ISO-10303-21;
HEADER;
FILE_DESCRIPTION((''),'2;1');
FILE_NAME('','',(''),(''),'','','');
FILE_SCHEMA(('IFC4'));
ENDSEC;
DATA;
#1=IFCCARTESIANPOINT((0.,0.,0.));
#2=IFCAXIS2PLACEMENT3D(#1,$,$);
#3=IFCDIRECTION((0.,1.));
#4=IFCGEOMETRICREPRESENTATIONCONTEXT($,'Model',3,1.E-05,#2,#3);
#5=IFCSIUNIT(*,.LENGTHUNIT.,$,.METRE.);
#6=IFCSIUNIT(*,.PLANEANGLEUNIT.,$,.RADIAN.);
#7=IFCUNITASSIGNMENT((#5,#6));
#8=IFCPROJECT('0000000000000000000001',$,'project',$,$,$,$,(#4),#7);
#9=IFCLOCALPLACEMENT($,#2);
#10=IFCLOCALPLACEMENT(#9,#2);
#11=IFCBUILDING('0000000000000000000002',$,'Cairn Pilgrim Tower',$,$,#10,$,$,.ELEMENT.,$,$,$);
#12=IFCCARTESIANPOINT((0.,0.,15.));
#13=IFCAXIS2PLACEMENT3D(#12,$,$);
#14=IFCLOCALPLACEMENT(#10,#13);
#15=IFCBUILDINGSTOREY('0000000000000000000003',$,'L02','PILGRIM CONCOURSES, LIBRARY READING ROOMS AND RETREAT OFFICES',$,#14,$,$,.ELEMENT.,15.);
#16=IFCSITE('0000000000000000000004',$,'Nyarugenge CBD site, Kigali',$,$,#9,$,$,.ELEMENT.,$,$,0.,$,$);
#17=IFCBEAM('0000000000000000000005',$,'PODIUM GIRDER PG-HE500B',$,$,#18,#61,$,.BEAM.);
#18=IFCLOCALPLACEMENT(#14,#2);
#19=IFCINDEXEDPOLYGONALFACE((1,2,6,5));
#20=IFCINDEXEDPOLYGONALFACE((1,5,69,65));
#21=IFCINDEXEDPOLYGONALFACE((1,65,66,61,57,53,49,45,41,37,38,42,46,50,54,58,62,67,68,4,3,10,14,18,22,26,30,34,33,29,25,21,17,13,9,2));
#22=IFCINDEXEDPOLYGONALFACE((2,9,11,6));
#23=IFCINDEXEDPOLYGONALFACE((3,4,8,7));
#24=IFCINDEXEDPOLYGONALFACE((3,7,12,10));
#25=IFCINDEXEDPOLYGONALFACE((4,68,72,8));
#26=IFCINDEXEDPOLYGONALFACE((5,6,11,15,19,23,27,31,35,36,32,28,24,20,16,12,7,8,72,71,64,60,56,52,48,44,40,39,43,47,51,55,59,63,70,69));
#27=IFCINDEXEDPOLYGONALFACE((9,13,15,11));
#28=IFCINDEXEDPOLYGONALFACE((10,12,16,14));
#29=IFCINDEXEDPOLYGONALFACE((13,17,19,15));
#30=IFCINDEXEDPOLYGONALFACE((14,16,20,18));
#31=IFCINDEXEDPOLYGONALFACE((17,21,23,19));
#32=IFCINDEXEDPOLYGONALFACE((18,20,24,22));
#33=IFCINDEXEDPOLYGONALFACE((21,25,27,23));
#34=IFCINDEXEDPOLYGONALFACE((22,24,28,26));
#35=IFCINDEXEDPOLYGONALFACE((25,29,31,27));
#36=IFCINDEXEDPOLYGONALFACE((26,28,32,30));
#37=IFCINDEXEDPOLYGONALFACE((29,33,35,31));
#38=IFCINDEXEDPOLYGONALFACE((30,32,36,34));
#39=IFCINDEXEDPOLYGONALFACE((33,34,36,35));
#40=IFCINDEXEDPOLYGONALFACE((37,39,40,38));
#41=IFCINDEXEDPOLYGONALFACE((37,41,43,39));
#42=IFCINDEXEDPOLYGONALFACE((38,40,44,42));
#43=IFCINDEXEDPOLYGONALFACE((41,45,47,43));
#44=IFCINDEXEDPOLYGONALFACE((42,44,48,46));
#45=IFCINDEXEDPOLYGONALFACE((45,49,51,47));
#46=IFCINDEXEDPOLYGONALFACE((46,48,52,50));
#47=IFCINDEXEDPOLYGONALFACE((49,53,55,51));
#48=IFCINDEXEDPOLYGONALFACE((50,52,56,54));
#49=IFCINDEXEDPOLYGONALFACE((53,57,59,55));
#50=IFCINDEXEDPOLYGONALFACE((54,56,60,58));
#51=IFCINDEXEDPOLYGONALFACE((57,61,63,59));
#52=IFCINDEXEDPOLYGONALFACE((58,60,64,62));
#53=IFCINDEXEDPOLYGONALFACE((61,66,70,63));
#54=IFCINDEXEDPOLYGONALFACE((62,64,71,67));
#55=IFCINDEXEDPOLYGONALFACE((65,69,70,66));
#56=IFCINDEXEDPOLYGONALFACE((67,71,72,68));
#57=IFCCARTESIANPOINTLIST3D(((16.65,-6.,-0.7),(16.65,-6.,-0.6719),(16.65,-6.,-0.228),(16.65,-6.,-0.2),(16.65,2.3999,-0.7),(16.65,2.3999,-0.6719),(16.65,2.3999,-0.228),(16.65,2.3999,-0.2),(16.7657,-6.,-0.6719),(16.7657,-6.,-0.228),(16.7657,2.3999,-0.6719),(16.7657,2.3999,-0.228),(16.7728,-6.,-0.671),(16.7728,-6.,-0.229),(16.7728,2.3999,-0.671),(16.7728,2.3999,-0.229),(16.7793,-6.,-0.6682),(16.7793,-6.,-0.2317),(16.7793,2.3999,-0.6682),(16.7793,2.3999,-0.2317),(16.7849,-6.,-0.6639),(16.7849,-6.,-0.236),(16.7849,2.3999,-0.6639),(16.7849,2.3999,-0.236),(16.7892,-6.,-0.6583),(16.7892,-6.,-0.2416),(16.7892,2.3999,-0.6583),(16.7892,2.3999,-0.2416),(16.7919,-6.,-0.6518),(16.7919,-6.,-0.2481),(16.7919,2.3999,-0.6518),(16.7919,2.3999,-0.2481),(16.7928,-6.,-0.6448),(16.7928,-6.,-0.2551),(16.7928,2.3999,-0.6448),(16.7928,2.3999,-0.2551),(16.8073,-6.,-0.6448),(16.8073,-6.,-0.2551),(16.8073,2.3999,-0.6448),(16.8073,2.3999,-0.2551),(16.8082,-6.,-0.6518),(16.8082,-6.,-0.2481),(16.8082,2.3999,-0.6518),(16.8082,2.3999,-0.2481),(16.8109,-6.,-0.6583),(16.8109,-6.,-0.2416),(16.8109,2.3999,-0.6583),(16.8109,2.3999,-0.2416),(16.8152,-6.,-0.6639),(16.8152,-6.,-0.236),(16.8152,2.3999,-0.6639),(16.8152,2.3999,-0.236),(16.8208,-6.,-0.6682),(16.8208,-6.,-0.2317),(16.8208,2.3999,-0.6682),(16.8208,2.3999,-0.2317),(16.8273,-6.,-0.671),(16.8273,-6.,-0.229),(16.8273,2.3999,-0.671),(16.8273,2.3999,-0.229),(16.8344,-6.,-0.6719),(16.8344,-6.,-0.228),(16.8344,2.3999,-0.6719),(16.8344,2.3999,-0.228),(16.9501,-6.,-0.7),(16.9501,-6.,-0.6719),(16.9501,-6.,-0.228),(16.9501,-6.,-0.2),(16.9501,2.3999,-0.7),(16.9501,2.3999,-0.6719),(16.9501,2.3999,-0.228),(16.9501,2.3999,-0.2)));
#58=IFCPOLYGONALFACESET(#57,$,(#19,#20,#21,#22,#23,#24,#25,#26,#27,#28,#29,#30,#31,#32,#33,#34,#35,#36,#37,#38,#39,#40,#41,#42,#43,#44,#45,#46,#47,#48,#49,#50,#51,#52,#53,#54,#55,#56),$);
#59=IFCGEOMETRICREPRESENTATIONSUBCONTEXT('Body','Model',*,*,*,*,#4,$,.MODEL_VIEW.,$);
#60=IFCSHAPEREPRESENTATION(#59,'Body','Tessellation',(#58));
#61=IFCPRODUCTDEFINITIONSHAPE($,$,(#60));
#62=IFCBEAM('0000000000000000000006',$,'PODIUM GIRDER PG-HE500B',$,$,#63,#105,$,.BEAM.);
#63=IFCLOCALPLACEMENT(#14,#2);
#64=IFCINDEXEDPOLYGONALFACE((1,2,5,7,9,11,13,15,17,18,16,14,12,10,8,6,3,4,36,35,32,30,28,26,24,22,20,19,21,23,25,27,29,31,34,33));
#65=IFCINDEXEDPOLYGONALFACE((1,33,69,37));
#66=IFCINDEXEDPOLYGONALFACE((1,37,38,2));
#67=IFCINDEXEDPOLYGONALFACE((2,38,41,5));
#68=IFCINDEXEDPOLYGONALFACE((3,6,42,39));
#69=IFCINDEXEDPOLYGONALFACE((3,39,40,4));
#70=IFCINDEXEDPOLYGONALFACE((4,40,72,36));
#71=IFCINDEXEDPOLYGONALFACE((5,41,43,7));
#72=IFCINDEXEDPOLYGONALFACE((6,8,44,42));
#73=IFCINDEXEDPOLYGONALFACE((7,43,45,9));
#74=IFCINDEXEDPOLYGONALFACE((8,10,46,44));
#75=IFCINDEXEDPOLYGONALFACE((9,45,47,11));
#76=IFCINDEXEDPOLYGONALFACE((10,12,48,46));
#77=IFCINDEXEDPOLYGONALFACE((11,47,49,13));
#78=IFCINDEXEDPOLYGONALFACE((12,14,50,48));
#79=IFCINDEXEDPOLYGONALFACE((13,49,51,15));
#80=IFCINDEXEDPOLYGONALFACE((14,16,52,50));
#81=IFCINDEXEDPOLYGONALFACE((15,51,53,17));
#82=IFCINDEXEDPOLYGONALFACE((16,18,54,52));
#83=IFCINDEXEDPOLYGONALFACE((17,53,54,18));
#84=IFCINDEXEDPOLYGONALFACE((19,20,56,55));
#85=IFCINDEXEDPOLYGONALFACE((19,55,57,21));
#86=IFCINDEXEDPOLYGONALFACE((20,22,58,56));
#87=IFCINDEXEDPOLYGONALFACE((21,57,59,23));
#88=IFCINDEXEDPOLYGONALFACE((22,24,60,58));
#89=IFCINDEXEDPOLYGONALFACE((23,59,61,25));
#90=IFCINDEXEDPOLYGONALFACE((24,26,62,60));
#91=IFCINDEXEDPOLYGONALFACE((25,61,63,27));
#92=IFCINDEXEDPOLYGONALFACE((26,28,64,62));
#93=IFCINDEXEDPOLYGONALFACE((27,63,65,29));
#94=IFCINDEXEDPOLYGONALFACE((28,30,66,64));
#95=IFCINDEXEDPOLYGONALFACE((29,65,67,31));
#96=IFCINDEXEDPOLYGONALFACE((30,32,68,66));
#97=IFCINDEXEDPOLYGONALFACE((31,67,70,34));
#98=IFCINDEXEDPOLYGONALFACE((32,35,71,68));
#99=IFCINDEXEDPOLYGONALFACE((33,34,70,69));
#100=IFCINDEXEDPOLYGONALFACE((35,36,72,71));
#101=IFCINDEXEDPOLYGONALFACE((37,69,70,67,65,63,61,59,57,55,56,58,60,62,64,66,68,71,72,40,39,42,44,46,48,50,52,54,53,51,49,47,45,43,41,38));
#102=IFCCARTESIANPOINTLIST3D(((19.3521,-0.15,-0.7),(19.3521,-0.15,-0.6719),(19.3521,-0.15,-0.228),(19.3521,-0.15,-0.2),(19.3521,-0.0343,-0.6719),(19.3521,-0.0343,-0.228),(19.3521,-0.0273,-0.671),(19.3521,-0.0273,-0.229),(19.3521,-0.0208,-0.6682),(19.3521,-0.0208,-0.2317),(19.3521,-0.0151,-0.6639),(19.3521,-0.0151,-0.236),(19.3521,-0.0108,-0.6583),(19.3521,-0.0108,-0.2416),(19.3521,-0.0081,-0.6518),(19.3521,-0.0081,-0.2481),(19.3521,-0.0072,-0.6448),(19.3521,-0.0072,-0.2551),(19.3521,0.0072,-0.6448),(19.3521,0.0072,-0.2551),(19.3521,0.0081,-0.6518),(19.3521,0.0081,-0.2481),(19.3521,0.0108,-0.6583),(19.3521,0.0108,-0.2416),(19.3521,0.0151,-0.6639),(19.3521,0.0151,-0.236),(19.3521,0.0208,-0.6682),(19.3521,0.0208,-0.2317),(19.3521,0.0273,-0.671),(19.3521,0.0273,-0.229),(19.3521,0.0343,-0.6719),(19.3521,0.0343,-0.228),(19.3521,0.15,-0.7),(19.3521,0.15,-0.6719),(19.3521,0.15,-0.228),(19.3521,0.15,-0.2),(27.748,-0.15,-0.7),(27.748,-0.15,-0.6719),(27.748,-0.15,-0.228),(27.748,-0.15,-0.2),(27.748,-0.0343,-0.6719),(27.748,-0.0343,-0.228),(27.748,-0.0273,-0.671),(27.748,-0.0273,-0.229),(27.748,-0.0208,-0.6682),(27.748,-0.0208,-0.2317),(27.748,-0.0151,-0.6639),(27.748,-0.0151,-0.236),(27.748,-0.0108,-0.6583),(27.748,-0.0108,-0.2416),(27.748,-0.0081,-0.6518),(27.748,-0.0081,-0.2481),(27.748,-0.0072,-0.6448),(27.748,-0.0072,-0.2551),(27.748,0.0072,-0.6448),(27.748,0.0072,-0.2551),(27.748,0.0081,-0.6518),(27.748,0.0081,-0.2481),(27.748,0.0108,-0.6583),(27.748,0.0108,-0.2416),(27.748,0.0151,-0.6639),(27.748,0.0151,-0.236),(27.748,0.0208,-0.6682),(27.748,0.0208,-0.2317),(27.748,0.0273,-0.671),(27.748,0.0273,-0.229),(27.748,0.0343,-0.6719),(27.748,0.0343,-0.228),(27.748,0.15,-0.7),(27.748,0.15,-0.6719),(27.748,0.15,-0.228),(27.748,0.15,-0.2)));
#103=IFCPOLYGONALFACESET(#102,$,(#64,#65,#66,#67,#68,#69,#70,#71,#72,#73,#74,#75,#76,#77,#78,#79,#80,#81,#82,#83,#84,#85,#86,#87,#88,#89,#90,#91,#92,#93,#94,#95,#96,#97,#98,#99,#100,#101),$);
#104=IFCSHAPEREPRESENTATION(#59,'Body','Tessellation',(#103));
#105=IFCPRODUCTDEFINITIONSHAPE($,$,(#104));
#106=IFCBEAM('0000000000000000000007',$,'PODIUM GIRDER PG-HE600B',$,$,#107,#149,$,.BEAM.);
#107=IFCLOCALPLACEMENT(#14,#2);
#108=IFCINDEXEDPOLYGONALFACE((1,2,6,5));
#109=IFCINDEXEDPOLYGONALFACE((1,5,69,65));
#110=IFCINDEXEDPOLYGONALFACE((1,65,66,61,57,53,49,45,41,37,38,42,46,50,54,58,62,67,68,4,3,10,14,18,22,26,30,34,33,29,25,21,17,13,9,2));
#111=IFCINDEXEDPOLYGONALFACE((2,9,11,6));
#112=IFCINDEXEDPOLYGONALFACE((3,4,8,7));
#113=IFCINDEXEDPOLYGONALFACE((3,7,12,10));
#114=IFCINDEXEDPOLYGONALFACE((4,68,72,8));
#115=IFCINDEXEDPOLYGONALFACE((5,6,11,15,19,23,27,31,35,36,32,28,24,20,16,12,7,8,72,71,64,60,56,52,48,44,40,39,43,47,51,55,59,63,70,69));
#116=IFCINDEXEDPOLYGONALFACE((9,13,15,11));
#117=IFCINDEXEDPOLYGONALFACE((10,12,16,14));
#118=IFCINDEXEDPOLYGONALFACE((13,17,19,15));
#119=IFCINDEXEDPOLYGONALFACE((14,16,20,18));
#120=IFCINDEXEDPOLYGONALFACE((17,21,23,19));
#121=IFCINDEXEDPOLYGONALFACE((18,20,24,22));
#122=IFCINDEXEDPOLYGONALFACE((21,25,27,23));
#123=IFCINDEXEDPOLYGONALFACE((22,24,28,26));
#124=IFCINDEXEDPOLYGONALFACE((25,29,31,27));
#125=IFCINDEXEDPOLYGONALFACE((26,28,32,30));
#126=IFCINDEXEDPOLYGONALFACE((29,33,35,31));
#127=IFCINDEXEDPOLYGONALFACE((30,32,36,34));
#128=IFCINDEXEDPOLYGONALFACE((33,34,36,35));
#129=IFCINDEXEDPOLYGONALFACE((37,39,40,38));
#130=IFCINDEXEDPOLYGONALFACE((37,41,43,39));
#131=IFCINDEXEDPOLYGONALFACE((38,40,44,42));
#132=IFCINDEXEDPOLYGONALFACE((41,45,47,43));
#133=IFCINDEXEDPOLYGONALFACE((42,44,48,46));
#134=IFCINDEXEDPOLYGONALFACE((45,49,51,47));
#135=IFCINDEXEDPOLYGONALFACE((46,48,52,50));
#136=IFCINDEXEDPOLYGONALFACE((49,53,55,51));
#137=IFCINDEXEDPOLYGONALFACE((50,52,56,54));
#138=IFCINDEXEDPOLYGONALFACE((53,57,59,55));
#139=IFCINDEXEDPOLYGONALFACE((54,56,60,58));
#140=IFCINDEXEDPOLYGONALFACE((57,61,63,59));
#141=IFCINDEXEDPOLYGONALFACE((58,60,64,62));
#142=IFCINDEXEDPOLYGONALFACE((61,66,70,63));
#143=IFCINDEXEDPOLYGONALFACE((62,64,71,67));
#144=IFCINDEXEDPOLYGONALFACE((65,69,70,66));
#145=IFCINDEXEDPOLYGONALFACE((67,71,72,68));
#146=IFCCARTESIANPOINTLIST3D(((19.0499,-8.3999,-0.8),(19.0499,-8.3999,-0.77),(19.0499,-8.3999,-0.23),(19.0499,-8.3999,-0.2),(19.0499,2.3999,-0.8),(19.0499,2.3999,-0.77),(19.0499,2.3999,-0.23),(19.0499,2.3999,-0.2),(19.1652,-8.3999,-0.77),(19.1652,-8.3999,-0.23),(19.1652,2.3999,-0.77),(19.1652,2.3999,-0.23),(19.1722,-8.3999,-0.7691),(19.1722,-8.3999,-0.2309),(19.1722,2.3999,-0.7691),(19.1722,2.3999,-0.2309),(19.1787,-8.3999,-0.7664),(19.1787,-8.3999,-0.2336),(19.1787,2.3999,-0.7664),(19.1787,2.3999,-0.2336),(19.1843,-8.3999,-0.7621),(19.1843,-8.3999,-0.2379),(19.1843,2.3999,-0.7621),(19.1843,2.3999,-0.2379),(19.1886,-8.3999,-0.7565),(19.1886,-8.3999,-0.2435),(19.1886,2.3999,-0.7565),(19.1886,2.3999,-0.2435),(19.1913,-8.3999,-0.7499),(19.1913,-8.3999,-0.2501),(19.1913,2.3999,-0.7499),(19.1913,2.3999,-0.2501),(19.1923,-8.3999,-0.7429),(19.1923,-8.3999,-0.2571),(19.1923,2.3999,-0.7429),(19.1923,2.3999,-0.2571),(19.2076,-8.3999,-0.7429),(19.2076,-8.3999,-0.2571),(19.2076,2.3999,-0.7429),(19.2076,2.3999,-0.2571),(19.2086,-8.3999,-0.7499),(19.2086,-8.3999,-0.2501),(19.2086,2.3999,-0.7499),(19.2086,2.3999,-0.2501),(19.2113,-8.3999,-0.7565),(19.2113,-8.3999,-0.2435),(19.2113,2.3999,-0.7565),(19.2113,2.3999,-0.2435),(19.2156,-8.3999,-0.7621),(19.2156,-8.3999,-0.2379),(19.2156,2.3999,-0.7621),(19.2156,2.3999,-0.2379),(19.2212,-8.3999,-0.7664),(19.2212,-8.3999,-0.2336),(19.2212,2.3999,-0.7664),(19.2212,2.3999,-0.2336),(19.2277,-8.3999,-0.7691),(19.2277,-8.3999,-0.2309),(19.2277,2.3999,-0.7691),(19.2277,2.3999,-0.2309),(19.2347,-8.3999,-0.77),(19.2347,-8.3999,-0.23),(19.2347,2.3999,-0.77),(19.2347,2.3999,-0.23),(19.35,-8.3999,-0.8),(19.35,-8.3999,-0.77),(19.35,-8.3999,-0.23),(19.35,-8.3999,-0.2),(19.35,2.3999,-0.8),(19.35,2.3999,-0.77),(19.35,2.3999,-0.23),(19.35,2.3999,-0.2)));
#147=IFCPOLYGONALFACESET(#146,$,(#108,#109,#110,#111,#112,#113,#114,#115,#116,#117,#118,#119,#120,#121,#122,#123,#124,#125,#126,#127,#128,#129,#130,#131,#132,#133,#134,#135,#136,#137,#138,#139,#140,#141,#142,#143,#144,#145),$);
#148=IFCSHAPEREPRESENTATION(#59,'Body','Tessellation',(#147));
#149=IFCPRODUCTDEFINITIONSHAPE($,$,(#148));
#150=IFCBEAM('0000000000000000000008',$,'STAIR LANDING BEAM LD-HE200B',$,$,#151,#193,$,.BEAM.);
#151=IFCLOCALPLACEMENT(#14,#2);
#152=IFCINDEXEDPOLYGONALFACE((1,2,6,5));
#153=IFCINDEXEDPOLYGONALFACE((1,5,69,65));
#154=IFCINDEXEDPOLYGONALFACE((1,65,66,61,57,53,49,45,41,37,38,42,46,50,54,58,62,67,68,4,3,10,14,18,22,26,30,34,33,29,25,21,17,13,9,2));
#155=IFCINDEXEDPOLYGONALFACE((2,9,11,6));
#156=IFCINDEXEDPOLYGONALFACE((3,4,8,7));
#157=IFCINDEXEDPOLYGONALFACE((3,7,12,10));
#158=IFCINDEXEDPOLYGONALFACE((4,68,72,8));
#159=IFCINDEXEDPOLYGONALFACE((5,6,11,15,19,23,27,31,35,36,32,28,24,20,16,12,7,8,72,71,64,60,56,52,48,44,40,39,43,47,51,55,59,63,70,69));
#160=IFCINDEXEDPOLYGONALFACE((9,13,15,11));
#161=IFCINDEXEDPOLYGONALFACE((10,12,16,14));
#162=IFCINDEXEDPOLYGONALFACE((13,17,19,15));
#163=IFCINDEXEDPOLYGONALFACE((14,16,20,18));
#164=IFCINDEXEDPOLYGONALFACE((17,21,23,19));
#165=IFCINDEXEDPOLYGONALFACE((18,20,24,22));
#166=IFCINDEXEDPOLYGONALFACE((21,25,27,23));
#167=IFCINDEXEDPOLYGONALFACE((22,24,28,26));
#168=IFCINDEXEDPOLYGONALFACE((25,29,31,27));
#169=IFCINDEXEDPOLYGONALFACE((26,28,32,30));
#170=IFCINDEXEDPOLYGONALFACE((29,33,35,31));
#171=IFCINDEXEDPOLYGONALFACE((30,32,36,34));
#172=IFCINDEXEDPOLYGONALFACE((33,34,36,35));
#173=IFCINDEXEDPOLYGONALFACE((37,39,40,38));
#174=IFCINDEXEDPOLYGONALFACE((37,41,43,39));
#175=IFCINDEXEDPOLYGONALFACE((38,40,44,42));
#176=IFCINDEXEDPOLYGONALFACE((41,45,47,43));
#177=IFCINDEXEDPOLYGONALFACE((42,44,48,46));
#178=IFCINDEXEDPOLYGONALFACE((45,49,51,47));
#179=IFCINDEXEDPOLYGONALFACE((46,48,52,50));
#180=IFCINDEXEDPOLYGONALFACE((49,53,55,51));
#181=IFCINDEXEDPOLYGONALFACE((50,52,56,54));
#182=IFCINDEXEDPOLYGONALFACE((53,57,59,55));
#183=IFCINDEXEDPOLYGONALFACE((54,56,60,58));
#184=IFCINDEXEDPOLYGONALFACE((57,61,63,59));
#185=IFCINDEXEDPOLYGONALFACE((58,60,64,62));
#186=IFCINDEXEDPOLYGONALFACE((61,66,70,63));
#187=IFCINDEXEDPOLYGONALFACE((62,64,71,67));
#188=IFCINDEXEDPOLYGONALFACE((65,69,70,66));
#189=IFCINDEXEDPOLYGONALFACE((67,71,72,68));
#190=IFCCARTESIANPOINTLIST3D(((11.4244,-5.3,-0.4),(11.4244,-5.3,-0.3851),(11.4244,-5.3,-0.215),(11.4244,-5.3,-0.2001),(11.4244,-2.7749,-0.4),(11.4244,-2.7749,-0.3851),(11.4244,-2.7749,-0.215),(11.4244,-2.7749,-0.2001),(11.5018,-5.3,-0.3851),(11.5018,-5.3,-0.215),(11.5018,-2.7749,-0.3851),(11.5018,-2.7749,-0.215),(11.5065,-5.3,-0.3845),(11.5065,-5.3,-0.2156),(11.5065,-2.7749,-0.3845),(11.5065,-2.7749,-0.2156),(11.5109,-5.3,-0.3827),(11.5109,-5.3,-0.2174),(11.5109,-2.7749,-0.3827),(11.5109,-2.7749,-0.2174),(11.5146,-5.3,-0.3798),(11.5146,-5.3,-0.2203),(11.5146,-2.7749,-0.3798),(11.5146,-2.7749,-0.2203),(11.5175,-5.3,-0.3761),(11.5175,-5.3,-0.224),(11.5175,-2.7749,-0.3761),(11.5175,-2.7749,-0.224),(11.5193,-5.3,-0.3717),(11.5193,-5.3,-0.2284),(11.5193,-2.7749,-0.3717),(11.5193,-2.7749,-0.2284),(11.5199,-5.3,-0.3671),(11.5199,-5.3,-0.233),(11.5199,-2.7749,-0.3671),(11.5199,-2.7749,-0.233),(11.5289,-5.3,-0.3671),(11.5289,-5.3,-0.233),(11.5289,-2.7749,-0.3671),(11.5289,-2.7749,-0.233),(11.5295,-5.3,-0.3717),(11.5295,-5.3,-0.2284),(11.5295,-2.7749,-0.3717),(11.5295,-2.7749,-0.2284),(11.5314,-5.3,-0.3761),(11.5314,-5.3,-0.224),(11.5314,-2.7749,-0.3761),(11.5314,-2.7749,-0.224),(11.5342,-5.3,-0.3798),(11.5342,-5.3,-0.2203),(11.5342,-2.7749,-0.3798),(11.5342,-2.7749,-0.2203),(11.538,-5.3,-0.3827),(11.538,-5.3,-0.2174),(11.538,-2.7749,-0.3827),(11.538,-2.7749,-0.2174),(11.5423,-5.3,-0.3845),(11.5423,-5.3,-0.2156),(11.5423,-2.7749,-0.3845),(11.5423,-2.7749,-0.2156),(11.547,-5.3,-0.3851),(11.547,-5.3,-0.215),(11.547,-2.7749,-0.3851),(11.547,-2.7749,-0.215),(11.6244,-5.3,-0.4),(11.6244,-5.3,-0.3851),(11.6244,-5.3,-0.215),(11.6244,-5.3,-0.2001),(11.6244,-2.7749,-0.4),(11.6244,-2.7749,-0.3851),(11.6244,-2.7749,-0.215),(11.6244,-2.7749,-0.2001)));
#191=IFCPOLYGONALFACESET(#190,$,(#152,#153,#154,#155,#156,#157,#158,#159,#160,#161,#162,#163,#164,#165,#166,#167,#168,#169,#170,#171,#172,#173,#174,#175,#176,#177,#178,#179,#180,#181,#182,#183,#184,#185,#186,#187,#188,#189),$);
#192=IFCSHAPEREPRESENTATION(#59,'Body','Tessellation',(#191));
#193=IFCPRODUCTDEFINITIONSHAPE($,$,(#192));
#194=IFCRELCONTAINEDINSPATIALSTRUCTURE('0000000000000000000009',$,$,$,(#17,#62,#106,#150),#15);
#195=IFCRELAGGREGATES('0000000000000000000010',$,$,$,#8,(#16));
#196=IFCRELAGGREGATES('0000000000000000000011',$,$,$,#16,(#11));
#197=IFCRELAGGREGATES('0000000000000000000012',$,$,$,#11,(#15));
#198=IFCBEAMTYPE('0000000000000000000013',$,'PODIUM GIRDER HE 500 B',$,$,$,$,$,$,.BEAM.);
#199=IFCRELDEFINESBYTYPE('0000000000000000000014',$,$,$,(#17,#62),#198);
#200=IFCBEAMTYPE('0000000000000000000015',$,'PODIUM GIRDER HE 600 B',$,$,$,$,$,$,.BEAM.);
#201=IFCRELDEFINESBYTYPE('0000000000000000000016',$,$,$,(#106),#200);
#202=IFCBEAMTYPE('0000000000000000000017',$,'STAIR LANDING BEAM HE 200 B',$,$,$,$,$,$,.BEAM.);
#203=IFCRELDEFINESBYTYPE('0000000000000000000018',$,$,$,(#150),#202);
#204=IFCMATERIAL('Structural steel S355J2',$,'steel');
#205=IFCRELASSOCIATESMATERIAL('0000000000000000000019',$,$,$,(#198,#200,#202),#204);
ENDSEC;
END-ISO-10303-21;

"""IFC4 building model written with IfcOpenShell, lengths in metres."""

from ifc_helpers import new_model, si_unit, direction, frame, origin, origin_2d, place, context, subcontext, project, spatial, i_section, extrude, material, material_profile, profile_set, type_object, element, save


model = new_model("IFC4")

# Units and contexts
model_context = context("Model", 3, precision=1e-05, world=origin(), true_north=direction((0.0, 1.0)))
body_context = subcontext(model_context, "Body", "Model", "MODEL_VIEW")
ifc_project = project(units=[si_unit("LENGTHUNIT", "METRE"), si_unit("PLANEANGLEUNIT", "RADIAN")], contexts=[model_context])

# Site, building, storey
site_placement = place(None, origin())
site = spatial("IfcSite", under=ifc_project, at=site_placement, Name="Nyarugenge CBD site, Kigali", CompositionType="ELEMENT", RefElevation=0.0)
building_placement = place(site_placement, origin())
building = spatial("IfcBuilding", under=site, at=building_placement, Name="Cairn Pilgrim Tower", CompositionType="ELEMENT")
storey_placement = place(building_placement, frame((0.0, 0.0, 15.0)))
storey = spatial("IfcBuildingStorey", under=building, at=storey_placement, Name="L02", Description="PILGRIM CONCOURSES, LIBRARY READING ROOMS AND RETREAT OFFICES", CompositionType="ELEMENT", Elevation=15.0)

# Beams
ifc_material_1 = material(Name="Structural steel S355J2", Category="steel")
ifc_material_profile_1 = material_profile(ifc_material_1, i_section(OverallWidth=0.3, OverallDepth=0.5, WebThickness=0.0144, FlangeThickness=0.0281, FilletRadius=0.0271, at=origin_2d()), Name="HEB 500")
ifc_profile_set_1 = profile_set([ifc_material_profile_1], Name="Structural steel S355J2")
beam_type_1 = type_object("IfcBeamType", Name="PODIUM GIRDER HE 500 B", PredefinedType="BEAM", material=ifc_profile_set_1)
beam_1_placement = place(storey_placement, frame((16.8, -6.0, -0.45), z_axis=(0.0, 1.0, 0.0), x_axis=(-1.0, 0.0, 0.0)))
element("IfcBeam", 1, at=beam_1_placement, inside=storey, type_object=beam_type_1, Name="PODIUM GIRDER PG-HE500B", PredefinedType="BEAM", context=body_context, shape_type="SweptSolid", body=[
    extrude(i_section(OverallWidth=0.3, OverallDepth=0.5, WebThickness=0.0144, FlangeThickness=0.0281, FilletRadius=0.0271, at=origin_2d()), origin(), (0.0, 0.0, 1.0), 8.3999),
])
beam_2_placement = place(storey_placement, frame((19.3521, 0.0, -0.45), z_axis=(1.0, 0.0, 0.0), x_axis=(0.0, 1.0, 0.0)))
element("IfcBeam", 2, at=beam_2_placement, inside=storey, type_object=beam_type_1, Name="PODIUM GIRDER PG-HE500B", PredefinedType="BEAM", context=body_context, shape_type="SweptSolid", body=[
    extrude(i_section(OverallWidth=0.3, OverallDepth=0.5, WebThickness=0.0144, FlangeThickness=0.0281, FilletRadius=0.0271, at=origin_2d()), origin(), (0.0, 0.0, 1.0), 8.396),
])
ifc_material_profile_2 = material_profile(ifc_material_1, i_section(OverallWidth=0.3, OverallDepth=0.6001, WebThickness=0.0154, FlangeThickness=0.03, FilletRadius=0.0271, at=origin_2d()), Name="HEB 600")
ifc_profile_set_2 = profile_set([ifc_material_profile_2], Name="Structural steel S355J2")
beam_type_2 = type_object("IfcBeamType", Name="PODIUM GIRDER HE 600 B", PredefinedType="BEAM", material=ifc_profile_set_2)
beam_3_placement = place(storey_placement, frame((19.2, -8.3999, -0.5), z_axis=(0.0, 1.0, 0.0), x_axis=(-1.0, 0.0, 0.0)))
element("IfcBeam", 3, at=beam_3_placement, inside=storey, type_object=beam_type_2, Name="PODIUM GIRDER PG-HE600B", PredefinedType="BEAM", context=body_context, shape_type="SweptSolid", body=[
    extrude(i_section(OverallWidth=0.3, OverallDepth=0.6001, WebThickness=0.0154, FlangeThickness=0.03, FilletRadius=0.0271, at=origin_2d()), origin(), (0.0, 0.0, 1.0), 10.7998),
])
ifc_material_profile_3 = material_profile(ifc_material_1, i_section(OverallWidth=0.2, OverallDepth=0.2, WebThickness=0.009, FlangeThickness=0.0149, FilletRadius=0.0181, at=origin_2d()), Name="HE 200 B")
ifc_profile_set_3 = profile_set([ifc_material_profile_3], Name="Structural steel S355J2")
beam_type_3 = type_object("IfcBeamType", Name="STAIR LANDING BEAM HE 200 B", PredefinedType="BEAM", material=ifc_profile_set_3)
beam_4_placement = place(storey_placement, frame((11.5244, -2.7749, -0.3), z_axis=(0.0, -1.0, 0.0), x_axis=(1.0, 0.0, 0.0)))
element("IfcBeam", 4, at=beam_4_placement, inside=storey, type_object=beam_type_3, Name="STAIR LANDING BEAM LD-HE200B", PredefinedType="BEAM", context=body_context, shape_type="SweptSolid", body=[
    extrude(i_section(OverallWidth=0.2, OverallDepth=0.2, WebThickness=0.009, FlangeThickness=0.0149, FilletRadius=0.0181, at=origin_2d()), origin(), (0.0, 0.0, 1.0), 2.5251),
])

save(model, "model.ifc")
